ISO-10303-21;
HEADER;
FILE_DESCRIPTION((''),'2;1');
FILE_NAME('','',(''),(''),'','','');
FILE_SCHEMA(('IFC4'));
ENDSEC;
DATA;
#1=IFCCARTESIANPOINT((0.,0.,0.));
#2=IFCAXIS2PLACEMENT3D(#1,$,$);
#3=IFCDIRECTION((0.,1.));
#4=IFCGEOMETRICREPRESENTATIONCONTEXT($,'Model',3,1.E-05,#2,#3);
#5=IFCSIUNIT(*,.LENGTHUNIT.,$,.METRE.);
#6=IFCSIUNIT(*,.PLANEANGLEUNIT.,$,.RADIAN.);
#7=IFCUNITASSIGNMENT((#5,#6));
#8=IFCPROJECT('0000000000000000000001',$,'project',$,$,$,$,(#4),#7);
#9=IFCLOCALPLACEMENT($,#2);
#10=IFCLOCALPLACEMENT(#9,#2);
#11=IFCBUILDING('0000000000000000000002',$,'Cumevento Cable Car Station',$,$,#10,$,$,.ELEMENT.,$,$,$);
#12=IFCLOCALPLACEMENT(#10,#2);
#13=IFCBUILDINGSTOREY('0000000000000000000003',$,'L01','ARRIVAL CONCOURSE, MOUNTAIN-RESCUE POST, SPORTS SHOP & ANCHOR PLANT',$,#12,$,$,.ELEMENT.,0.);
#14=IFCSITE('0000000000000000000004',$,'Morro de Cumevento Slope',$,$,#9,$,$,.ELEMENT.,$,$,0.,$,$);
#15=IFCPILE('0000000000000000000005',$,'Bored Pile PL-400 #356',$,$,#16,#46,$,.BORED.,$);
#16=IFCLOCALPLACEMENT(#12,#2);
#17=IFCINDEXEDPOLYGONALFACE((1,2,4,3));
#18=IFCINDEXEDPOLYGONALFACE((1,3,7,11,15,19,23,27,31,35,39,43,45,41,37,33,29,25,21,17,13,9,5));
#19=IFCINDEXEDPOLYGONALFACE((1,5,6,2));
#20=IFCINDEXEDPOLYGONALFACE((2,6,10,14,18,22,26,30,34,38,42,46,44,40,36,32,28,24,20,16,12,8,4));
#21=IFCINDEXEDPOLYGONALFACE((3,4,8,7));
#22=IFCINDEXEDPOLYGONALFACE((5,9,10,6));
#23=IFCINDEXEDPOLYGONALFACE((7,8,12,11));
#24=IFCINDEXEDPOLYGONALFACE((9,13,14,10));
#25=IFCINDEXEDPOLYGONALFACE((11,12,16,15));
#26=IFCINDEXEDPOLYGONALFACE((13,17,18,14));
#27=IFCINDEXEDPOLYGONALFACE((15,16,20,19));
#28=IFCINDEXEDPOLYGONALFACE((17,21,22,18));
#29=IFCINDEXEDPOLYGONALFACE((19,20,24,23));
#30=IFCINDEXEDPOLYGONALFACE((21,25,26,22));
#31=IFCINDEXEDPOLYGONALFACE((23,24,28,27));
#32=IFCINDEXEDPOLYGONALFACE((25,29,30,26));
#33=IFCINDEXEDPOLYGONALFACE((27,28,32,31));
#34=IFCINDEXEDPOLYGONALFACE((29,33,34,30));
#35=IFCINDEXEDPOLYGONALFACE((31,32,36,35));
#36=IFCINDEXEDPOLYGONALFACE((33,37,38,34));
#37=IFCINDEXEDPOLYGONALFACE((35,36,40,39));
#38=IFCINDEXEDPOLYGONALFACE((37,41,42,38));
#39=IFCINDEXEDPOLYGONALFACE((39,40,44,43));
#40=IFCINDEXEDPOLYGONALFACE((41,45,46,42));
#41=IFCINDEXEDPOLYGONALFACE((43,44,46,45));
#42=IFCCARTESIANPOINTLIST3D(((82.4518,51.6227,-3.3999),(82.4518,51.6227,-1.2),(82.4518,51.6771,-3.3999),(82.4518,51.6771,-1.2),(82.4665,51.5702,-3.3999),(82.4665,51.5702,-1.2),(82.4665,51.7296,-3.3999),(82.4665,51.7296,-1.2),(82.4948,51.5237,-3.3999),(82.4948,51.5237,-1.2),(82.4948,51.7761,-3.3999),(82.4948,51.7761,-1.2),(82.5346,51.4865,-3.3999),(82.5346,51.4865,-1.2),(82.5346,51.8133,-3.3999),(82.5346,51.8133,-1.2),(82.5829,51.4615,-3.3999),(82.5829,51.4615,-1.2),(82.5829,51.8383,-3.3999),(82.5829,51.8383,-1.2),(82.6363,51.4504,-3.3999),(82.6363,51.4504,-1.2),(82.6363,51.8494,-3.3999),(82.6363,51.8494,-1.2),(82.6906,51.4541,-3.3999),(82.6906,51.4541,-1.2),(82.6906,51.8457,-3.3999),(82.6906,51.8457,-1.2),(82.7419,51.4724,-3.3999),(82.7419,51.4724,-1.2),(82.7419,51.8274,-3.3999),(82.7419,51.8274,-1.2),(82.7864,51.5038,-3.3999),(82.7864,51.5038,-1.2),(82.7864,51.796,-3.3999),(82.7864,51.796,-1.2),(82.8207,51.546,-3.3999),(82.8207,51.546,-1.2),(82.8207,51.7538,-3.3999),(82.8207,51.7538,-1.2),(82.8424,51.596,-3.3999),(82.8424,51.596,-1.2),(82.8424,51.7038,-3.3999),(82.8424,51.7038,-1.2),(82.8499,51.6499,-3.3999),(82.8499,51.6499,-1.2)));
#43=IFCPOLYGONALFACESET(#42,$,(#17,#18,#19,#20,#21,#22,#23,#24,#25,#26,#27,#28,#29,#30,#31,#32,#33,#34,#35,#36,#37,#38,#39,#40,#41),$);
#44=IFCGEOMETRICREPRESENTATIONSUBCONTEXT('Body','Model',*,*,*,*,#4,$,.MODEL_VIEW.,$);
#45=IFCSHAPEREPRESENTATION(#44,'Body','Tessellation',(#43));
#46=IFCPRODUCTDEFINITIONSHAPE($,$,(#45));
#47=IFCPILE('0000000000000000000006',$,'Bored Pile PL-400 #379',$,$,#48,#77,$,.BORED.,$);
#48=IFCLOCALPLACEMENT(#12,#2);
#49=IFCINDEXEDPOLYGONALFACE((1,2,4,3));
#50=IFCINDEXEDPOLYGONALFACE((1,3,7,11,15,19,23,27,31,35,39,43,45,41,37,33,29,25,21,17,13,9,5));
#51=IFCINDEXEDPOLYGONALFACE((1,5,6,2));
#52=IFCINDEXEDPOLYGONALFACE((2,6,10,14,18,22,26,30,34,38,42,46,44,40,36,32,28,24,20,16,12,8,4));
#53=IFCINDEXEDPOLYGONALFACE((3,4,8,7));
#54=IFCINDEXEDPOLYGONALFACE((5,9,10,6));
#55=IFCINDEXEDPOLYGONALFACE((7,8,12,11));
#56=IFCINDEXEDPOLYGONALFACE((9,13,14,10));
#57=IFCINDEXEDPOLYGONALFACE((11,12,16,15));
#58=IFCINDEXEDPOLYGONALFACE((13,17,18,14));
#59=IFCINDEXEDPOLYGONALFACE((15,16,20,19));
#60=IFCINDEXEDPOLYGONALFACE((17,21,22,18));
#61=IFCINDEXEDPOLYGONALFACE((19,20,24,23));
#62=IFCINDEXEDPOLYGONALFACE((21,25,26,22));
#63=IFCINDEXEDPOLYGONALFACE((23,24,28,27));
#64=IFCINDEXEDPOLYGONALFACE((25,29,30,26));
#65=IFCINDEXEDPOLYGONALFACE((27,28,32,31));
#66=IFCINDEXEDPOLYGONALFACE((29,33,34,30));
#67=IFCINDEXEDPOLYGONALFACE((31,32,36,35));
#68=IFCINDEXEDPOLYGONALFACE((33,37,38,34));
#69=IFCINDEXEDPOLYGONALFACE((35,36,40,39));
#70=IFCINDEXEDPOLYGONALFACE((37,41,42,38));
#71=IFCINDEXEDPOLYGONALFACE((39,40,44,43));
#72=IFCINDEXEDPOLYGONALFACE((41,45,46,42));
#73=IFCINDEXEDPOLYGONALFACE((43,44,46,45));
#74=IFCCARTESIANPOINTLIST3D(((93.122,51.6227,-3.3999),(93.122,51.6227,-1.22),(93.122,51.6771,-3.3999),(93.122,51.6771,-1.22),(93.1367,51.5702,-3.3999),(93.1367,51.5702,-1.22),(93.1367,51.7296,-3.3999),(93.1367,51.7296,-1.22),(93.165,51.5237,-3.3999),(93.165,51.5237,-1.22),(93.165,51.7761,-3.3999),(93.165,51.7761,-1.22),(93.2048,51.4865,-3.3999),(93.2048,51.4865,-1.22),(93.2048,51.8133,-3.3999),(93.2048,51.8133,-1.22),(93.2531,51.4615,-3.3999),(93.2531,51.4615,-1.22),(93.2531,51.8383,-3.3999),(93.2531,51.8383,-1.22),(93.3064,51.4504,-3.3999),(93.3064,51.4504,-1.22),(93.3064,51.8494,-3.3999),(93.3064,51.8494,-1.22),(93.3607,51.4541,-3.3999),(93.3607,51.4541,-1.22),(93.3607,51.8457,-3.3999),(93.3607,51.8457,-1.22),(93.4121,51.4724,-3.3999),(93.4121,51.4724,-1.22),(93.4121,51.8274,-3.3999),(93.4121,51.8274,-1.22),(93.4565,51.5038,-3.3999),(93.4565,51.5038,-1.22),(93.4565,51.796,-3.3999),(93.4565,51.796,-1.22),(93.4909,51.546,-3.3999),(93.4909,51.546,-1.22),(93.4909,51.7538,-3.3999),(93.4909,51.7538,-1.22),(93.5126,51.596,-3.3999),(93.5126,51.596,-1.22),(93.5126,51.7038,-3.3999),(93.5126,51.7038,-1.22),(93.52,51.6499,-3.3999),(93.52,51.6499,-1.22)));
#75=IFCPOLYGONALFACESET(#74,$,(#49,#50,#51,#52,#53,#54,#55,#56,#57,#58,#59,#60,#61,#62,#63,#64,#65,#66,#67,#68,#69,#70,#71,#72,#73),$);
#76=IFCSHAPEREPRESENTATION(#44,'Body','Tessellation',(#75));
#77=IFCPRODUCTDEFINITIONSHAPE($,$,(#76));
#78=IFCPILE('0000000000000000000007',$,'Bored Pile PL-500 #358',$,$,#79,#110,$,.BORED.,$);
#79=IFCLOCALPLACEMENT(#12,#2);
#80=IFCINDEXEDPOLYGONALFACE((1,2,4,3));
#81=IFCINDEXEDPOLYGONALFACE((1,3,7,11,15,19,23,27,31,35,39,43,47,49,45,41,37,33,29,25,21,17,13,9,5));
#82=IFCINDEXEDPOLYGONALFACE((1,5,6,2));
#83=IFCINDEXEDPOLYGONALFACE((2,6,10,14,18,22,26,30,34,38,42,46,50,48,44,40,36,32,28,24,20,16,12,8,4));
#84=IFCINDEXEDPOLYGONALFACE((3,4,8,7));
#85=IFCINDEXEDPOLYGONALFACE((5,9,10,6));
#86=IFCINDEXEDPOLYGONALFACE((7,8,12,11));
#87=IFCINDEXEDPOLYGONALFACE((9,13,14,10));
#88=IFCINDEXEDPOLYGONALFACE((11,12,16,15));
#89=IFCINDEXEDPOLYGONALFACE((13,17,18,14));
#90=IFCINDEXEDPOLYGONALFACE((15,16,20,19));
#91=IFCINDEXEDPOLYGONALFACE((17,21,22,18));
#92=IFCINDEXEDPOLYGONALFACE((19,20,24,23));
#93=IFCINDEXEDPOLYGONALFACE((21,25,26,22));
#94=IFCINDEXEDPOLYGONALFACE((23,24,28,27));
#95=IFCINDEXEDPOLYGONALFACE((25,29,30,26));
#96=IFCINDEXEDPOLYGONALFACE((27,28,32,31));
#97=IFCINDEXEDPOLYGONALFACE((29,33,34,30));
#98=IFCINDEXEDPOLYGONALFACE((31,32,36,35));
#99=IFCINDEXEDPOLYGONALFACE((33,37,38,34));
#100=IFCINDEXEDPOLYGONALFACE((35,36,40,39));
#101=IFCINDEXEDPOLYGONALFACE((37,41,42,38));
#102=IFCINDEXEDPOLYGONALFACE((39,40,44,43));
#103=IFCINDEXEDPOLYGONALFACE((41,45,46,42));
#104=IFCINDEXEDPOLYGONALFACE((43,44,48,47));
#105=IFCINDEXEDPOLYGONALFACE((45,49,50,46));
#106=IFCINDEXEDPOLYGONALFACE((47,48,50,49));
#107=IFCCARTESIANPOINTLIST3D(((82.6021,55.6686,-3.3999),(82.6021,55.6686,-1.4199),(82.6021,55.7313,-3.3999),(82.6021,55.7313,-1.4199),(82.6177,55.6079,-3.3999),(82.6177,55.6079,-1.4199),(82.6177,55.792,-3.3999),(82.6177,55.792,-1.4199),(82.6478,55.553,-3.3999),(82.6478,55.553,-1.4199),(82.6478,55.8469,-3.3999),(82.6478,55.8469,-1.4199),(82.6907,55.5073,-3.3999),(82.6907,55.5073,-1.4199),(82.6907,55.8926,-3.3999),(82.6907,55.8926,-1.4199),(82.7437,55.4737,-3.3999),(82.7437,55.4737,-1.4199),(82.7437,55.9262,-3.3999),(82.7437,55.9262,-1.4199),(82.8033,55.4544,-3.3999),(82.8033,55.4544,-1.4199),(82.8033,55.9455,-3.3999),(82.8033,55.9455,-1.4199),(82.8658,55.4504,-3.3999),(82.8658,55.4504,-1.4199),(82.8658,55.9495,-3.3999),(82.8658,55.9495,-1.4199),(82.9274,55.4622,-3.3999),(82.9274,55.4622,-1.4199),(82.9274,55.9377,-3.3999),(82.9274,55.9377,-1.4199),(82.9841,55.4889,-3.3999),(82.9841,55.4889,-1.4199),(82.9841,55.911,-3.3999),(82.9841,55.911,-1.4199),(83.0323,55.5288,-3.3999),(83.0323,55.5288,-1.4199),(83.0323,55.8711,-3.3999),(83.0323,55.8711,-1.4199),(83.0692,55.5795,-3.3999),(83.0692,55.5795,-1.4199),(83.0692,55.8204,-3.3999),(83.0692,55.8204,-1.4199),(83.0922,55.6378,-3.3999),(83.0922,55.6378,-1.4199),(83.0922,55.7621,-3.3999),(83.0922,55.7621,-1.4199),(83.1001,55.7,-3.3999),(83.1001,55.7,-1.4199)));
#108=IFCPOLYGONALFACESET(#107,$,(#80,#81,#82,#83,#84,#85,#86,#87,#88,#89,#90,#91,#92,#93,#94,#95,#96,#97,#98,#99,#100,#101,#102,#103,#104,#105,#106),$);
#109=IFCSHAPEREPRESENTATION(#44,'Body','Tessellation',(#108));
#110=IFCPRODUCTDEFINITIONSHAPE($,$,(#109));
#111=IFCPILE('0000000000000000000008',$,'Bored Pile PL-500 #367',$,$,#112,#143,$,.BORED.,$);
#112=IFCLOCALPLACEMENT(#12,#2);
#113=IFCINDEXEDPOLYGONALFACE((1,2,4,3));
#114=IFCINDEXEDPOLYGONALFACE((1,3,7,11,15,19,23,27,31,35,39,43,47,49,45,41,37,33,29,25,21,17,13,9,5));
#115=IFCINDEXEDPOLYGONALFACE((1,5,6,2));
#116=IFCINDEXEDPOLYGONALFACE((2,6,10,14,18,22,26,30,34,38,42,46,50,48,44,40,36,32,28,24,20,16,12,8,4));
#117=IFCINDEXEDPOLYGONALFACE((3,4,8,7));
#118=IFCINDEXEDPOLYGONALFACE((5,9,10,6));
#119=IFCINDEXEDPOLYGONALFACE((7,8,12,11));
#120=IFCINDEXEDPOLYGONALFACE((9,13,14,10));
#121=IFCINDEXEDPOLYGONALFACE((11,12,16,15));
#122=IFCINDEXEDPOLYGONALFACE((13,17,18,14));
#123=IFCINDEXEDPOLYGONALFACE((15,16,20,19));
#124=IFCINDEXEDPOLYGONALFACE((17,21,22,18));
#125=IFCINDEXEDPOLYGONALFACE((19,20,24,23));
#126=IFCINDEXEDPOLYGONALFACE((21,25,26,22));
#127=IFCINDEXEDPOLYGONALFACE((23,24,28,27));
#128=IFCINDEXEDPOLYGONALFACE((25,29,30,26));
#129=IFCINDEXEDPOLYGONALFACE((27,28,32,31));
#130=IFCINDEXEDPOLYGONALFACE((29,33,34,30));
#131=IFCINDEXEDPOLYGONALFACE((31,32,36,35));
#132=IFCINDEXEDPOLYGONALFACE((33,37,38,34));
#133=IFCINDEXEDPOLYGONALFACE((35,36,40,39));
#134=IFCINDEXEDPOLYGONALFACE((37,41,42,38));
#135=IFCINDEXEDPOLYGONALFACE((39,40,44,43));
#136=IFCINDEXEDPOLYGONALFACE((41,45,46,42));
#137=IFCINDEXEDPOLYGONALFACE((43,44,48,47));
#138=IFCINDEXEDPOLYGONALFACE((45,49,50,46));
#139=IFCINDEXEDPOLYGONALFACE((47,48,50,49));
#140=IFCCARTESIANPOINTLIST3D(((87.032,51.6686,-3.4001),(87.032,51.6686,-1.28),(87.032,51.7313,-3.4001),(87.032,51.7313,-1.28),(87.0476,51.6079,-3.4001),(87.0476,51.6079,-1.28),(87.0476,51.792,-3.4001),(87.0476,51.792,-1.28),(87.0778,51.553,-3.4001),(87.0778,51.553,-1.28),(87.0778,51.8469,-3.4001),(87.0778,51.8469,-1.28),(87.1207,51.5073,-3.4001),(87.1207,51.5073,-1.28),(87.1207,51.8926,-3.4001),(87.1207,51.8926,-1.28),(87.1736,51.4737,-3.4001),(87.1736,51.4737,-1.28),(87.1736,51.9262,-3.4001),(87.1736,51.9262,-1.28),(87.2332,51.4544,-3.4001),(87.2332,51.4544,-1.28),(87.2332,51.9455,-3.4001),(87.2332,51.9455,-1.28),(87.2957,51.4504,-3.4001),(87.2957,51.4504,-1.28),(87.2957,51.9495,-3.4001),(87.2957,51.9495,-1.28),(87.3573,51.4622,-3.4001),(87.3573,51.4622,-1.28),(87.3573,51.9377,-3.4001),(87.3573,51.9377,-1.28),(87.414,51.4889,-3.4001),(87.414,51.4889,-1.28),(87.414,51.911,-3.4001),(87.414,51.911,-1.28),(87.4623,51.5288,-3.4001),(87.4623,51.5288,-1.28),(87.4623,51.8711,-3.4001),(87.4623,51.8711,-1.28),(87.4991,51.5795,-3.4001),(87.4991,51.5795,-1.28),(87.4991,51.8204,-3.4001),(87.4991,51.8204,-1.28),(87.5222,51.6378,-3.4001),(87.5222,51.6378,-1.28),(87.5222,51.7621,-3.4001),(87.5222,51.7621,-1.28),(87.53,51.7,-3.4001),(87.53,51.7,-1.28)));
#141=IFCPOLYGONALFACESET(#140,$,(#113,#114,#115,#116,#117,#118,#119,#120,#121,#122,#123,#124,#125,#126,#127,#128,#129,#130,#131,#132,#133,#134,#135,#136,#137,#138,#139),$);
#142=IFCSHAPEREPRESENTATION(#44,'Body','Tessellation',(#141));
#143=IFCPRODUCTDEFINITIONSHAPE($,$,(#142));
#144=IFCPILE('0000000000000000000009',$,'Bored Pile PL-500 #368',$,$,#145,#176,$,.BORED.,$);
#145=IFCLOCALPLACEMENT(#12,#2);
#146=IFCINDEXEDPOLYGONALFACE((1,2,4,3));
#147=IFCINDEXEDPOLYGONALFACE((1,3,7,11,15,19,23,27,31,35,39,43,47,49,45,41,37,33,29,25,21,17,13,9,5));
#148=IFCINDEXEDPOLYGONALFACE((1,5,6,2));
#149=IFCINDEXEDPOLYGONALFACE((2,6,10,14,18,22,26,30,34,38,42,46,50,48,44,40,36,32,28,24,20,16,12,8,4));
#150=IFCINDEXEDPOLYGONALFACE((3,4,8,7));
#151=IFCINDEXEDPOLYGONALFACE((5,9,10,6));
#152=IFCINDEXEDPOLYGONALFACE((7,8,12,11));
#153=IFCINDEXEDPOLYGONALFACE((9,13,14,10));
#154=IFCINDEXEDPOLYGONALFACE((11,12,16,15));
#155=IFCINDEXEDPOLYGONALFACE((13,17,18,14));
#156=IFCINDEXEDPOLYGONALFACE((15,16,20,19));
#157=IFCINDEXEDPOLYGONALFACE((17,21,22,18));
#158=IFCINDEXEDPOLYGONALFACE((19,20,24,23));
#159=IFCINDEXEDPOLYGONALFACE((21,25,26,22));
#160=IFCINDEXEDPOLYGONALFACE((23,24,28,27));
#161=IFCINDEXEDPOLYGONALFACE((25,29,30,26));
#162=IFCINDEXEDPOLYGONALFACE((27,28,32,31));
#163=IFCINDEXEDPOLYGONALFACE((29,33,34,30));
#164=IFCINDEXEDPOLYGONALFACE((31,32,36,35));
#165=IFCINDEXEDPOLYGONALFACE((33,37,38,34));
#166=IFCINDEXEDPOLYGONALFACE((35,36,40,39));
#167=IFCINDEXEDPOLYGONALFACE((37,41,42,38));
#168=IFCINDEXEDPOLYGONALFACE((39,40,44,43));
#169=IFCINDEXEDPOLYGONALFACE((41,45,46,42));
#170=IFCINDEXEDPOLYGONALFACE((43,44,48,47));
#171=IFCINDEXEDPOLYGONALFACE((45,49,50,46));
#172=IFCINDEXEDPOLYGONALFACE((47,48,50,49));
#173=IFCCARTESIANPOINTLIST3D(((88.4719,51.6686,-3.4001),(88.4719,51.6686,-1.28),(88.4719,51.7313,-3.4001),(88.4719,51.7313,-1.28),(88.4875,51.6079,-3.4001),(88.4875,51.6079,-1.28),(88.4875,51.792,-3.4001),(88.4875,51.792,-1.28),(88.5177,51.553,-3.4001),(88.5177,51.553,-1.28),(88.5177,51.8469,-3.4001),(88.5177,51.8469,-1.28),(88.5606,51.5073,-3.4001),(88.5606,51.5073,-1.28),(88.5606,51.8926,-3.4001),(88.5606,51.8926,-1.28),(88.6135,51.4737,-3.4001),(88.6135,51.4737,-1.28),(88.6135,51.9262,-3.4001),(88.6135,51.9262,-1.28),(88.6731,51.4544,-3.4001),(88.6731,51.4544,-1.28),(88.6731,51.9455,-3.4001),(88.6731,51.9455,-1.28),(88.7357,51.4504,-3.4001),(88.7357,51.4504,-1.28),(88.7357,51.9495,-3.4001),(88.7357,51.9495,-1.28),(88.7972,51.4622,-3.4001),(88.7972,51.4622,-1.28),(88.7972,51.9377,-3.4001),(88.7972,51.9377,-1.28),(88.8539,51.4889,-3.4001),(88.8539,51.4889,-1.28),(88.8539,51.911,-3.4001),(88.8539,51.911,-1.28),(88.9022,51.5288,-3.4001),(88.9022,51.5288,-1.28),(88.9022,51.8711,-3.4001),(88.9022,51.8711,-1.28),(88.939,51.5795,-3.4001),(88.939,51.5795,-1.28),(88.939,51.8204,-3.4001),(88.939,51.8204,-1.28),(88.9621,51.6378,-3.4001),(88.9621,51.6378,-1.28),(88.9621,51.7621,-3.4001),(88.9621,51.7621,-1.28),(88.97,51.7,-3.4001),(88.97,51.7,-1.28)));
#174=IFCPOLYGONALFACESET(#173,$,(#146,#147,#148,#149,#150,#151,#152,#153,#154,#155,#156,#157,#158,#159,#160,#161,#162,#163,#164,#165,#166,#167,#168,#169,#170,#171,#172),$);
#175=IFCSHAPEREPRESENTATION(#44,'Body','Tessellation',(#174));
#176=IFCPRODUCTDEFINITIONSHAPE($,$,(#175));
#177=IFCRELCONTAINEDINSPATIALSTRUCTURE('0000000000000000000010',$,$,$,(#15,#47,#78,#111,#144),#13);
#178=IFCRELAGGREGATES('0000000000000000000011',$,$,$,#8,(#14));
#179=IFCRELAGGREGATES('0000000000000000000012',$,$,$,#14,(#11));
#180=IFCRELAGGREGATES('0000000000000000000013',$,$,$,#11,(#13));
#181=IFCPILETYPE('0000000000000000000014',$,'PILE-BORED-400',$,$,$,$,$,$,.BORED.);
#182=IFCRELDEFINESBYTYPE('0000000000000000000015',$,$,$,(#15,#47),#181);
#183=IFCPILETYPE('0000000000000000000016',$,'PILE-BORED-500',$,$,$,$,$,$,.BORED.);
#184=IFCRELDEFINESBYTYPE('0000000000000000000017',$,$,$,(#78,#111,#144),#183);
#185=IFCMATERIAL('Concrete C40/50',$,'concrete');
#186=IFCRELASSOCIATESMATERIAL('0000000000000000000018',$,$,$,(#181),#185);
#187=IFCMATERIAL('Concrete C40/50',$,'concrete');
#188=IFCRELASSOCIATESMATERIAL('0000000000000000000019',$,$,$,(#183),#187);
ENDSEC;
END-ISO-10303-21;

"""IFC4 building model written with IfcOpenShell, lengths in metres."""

from ifc_helpers import new_model, si_unit, direction, frame, origin, origin_2d, place, context, subcontext, project, spatial, circle, extrude, material, material_profile, profile_set, type_object, element, save


model = new_model("IFC4")

# Units and contexts
model_context = context("Model", 3, precision=1e-05, world=origin(), true_north=direction((0.0, 1.0)))
body_context = subcontext(model_context, "Body", "Model", "MODEL_VIEW")
ifc_project = project(units=[si_unit("LENGTHUNIT", "METRE"), si_unit("PLANEANGLEUNIT", "RADIAN")], contexts=[model_context])

# Site, building, storey
site_placement = place(None, origin())
site = spatial("IfcSite", under=ifc_project, at=site_placement, Name="Morro de Cumevento Slope", CompositionType="ELEMENT", RefElevation=0.0)
building_placement = place(site_placement, origin())
building = spatial("IfcBuilding", under=site, at=building_placement, Name="Cumevento Cable Car Station", CompositionType="ELEMENT")
storey_placement = place(building_placement, origin())
storey = spatial("IfcBuildingStorey", under=building, at=storey_placement, Name="L01", Description="ARRIVAL CONCOURSE, MOUNTAIN-RESCUE POST, SPORTS SHOP & ANCHOR PLANT", CompositionType="ELEMENT", Elevation=0.0)

# Piles
ifc_material_1 = material(Name="Concrete C40/50", Category="concrete")
ifc_material_profile_1 = material_profile(ifc_material_1, circle(Radius=0.2, at=origin_2d()), Name="PILE-D400")
ifc_profile_set_1 = profile_set([ifc_material_profile_1], Name="Concrete C40/50")
pile_type_1 = type_object("IfcPileType", Name="PILE-BORED-400", PredefinedType="BORED", material=ifc_profile_set_1)
pile_1_placement = place(storey_placement, frame((82.6499, 51.6499, -1.2), z_axis=(0.0, 0.0, -1.0), x_axis=(1.0, 0.0, 0.0)))
element("IfcPile", 1, at=pile_1_placement, inside=storey, type_object=pile_type_1, Name="Bored Pile PL-400 #356", PredefinedType="BORED", context=body_context, shape_type="SweptSolid", body=[
    extrude(circle(Radius=0.2, at=origin_2d()), origin(), (0.0, 0.0, 1.0), 2.2),
])
pile_2_placement = place(storey_placement, frame((93.3201, 51.6499, -1.22), z_axis=(0.0, 0.0, -1.0), x_axis=(1.0, 0.0, 0.0)))
element("IfcPile", 2, at=pile_2_placement, inside=storey, type_object=pile_type_1, Name="Bored Pile PL-400 #379", PredefinedType="BORED", context=body_context, shape_type="SweptSolid", body=[
    extrude(circle(Radius=0.2, at=origin_2d()), origin(), (0.0, 0.0, 1.0), 2.1799),
])
ifc_material_2 = material(Name="Concrete C40/50", Category="concrete")
ifc_material_profile_2 = material_profile(ifc_material_2, circle(Radius=0.25, at=origin_2d()), Name="PILE-D500")
ifc_profile_set_2 = profile_set([ifc_material_profile_2], Name="Concrete C40/50")
pile_type_2 = type_object("IfcPileType", Name="PILE-BORED-500", PredefinedType="BORED", material=ifc_profile_set_2)
pile_3_placement = place(storey_placement, frame((82.8501, 55.7, -1.4199), z_axis=(0.0, 0.0, -1.0), x_axis=(1.0, 0.0, 0.0)))
element("IfcPile", 3, at=pile_3_placement, inside=storey, type_object=pile_type_2, Name="Bored Pile PL-500 #358", PredefinedType="BORED", context=body_context, shape_type="SweptSolid", body=[
    extrude(circle(Radius=0.25, at=origin_2d()), origin(), (0.0, 0.0, 1.0), 1.98),
])
for number, where, z_axis, x_axis, name in (
    (4, (87.28, 51.7, -1.28), (0.0, 0.0, -1.0), (1.0, 0.0, 0.0), "Bored Pile PL-500 #367"),
    (5, (88.72, 51.7, -1.28), (0.0, 0.0, -1.0), (1.0, 0.0, 0.0), "Bored Pile PL-500 #368"),
):
    element("IfcPile", number, at=place(storey_placement, frame(where, z_axis=z_axis, x_axis=x_axis)), inside=storey, type_object=pile_type_2, Name=name, PredefinedType="BORED", context=body_context, shape_type="SweptSolid", body=[
        extrude(circle(Radius=0.25, at=origin_2d()), origin(), (0.0, 0.0, 1.0), 2.1201),
    ])

save(model, "model.ifc")
